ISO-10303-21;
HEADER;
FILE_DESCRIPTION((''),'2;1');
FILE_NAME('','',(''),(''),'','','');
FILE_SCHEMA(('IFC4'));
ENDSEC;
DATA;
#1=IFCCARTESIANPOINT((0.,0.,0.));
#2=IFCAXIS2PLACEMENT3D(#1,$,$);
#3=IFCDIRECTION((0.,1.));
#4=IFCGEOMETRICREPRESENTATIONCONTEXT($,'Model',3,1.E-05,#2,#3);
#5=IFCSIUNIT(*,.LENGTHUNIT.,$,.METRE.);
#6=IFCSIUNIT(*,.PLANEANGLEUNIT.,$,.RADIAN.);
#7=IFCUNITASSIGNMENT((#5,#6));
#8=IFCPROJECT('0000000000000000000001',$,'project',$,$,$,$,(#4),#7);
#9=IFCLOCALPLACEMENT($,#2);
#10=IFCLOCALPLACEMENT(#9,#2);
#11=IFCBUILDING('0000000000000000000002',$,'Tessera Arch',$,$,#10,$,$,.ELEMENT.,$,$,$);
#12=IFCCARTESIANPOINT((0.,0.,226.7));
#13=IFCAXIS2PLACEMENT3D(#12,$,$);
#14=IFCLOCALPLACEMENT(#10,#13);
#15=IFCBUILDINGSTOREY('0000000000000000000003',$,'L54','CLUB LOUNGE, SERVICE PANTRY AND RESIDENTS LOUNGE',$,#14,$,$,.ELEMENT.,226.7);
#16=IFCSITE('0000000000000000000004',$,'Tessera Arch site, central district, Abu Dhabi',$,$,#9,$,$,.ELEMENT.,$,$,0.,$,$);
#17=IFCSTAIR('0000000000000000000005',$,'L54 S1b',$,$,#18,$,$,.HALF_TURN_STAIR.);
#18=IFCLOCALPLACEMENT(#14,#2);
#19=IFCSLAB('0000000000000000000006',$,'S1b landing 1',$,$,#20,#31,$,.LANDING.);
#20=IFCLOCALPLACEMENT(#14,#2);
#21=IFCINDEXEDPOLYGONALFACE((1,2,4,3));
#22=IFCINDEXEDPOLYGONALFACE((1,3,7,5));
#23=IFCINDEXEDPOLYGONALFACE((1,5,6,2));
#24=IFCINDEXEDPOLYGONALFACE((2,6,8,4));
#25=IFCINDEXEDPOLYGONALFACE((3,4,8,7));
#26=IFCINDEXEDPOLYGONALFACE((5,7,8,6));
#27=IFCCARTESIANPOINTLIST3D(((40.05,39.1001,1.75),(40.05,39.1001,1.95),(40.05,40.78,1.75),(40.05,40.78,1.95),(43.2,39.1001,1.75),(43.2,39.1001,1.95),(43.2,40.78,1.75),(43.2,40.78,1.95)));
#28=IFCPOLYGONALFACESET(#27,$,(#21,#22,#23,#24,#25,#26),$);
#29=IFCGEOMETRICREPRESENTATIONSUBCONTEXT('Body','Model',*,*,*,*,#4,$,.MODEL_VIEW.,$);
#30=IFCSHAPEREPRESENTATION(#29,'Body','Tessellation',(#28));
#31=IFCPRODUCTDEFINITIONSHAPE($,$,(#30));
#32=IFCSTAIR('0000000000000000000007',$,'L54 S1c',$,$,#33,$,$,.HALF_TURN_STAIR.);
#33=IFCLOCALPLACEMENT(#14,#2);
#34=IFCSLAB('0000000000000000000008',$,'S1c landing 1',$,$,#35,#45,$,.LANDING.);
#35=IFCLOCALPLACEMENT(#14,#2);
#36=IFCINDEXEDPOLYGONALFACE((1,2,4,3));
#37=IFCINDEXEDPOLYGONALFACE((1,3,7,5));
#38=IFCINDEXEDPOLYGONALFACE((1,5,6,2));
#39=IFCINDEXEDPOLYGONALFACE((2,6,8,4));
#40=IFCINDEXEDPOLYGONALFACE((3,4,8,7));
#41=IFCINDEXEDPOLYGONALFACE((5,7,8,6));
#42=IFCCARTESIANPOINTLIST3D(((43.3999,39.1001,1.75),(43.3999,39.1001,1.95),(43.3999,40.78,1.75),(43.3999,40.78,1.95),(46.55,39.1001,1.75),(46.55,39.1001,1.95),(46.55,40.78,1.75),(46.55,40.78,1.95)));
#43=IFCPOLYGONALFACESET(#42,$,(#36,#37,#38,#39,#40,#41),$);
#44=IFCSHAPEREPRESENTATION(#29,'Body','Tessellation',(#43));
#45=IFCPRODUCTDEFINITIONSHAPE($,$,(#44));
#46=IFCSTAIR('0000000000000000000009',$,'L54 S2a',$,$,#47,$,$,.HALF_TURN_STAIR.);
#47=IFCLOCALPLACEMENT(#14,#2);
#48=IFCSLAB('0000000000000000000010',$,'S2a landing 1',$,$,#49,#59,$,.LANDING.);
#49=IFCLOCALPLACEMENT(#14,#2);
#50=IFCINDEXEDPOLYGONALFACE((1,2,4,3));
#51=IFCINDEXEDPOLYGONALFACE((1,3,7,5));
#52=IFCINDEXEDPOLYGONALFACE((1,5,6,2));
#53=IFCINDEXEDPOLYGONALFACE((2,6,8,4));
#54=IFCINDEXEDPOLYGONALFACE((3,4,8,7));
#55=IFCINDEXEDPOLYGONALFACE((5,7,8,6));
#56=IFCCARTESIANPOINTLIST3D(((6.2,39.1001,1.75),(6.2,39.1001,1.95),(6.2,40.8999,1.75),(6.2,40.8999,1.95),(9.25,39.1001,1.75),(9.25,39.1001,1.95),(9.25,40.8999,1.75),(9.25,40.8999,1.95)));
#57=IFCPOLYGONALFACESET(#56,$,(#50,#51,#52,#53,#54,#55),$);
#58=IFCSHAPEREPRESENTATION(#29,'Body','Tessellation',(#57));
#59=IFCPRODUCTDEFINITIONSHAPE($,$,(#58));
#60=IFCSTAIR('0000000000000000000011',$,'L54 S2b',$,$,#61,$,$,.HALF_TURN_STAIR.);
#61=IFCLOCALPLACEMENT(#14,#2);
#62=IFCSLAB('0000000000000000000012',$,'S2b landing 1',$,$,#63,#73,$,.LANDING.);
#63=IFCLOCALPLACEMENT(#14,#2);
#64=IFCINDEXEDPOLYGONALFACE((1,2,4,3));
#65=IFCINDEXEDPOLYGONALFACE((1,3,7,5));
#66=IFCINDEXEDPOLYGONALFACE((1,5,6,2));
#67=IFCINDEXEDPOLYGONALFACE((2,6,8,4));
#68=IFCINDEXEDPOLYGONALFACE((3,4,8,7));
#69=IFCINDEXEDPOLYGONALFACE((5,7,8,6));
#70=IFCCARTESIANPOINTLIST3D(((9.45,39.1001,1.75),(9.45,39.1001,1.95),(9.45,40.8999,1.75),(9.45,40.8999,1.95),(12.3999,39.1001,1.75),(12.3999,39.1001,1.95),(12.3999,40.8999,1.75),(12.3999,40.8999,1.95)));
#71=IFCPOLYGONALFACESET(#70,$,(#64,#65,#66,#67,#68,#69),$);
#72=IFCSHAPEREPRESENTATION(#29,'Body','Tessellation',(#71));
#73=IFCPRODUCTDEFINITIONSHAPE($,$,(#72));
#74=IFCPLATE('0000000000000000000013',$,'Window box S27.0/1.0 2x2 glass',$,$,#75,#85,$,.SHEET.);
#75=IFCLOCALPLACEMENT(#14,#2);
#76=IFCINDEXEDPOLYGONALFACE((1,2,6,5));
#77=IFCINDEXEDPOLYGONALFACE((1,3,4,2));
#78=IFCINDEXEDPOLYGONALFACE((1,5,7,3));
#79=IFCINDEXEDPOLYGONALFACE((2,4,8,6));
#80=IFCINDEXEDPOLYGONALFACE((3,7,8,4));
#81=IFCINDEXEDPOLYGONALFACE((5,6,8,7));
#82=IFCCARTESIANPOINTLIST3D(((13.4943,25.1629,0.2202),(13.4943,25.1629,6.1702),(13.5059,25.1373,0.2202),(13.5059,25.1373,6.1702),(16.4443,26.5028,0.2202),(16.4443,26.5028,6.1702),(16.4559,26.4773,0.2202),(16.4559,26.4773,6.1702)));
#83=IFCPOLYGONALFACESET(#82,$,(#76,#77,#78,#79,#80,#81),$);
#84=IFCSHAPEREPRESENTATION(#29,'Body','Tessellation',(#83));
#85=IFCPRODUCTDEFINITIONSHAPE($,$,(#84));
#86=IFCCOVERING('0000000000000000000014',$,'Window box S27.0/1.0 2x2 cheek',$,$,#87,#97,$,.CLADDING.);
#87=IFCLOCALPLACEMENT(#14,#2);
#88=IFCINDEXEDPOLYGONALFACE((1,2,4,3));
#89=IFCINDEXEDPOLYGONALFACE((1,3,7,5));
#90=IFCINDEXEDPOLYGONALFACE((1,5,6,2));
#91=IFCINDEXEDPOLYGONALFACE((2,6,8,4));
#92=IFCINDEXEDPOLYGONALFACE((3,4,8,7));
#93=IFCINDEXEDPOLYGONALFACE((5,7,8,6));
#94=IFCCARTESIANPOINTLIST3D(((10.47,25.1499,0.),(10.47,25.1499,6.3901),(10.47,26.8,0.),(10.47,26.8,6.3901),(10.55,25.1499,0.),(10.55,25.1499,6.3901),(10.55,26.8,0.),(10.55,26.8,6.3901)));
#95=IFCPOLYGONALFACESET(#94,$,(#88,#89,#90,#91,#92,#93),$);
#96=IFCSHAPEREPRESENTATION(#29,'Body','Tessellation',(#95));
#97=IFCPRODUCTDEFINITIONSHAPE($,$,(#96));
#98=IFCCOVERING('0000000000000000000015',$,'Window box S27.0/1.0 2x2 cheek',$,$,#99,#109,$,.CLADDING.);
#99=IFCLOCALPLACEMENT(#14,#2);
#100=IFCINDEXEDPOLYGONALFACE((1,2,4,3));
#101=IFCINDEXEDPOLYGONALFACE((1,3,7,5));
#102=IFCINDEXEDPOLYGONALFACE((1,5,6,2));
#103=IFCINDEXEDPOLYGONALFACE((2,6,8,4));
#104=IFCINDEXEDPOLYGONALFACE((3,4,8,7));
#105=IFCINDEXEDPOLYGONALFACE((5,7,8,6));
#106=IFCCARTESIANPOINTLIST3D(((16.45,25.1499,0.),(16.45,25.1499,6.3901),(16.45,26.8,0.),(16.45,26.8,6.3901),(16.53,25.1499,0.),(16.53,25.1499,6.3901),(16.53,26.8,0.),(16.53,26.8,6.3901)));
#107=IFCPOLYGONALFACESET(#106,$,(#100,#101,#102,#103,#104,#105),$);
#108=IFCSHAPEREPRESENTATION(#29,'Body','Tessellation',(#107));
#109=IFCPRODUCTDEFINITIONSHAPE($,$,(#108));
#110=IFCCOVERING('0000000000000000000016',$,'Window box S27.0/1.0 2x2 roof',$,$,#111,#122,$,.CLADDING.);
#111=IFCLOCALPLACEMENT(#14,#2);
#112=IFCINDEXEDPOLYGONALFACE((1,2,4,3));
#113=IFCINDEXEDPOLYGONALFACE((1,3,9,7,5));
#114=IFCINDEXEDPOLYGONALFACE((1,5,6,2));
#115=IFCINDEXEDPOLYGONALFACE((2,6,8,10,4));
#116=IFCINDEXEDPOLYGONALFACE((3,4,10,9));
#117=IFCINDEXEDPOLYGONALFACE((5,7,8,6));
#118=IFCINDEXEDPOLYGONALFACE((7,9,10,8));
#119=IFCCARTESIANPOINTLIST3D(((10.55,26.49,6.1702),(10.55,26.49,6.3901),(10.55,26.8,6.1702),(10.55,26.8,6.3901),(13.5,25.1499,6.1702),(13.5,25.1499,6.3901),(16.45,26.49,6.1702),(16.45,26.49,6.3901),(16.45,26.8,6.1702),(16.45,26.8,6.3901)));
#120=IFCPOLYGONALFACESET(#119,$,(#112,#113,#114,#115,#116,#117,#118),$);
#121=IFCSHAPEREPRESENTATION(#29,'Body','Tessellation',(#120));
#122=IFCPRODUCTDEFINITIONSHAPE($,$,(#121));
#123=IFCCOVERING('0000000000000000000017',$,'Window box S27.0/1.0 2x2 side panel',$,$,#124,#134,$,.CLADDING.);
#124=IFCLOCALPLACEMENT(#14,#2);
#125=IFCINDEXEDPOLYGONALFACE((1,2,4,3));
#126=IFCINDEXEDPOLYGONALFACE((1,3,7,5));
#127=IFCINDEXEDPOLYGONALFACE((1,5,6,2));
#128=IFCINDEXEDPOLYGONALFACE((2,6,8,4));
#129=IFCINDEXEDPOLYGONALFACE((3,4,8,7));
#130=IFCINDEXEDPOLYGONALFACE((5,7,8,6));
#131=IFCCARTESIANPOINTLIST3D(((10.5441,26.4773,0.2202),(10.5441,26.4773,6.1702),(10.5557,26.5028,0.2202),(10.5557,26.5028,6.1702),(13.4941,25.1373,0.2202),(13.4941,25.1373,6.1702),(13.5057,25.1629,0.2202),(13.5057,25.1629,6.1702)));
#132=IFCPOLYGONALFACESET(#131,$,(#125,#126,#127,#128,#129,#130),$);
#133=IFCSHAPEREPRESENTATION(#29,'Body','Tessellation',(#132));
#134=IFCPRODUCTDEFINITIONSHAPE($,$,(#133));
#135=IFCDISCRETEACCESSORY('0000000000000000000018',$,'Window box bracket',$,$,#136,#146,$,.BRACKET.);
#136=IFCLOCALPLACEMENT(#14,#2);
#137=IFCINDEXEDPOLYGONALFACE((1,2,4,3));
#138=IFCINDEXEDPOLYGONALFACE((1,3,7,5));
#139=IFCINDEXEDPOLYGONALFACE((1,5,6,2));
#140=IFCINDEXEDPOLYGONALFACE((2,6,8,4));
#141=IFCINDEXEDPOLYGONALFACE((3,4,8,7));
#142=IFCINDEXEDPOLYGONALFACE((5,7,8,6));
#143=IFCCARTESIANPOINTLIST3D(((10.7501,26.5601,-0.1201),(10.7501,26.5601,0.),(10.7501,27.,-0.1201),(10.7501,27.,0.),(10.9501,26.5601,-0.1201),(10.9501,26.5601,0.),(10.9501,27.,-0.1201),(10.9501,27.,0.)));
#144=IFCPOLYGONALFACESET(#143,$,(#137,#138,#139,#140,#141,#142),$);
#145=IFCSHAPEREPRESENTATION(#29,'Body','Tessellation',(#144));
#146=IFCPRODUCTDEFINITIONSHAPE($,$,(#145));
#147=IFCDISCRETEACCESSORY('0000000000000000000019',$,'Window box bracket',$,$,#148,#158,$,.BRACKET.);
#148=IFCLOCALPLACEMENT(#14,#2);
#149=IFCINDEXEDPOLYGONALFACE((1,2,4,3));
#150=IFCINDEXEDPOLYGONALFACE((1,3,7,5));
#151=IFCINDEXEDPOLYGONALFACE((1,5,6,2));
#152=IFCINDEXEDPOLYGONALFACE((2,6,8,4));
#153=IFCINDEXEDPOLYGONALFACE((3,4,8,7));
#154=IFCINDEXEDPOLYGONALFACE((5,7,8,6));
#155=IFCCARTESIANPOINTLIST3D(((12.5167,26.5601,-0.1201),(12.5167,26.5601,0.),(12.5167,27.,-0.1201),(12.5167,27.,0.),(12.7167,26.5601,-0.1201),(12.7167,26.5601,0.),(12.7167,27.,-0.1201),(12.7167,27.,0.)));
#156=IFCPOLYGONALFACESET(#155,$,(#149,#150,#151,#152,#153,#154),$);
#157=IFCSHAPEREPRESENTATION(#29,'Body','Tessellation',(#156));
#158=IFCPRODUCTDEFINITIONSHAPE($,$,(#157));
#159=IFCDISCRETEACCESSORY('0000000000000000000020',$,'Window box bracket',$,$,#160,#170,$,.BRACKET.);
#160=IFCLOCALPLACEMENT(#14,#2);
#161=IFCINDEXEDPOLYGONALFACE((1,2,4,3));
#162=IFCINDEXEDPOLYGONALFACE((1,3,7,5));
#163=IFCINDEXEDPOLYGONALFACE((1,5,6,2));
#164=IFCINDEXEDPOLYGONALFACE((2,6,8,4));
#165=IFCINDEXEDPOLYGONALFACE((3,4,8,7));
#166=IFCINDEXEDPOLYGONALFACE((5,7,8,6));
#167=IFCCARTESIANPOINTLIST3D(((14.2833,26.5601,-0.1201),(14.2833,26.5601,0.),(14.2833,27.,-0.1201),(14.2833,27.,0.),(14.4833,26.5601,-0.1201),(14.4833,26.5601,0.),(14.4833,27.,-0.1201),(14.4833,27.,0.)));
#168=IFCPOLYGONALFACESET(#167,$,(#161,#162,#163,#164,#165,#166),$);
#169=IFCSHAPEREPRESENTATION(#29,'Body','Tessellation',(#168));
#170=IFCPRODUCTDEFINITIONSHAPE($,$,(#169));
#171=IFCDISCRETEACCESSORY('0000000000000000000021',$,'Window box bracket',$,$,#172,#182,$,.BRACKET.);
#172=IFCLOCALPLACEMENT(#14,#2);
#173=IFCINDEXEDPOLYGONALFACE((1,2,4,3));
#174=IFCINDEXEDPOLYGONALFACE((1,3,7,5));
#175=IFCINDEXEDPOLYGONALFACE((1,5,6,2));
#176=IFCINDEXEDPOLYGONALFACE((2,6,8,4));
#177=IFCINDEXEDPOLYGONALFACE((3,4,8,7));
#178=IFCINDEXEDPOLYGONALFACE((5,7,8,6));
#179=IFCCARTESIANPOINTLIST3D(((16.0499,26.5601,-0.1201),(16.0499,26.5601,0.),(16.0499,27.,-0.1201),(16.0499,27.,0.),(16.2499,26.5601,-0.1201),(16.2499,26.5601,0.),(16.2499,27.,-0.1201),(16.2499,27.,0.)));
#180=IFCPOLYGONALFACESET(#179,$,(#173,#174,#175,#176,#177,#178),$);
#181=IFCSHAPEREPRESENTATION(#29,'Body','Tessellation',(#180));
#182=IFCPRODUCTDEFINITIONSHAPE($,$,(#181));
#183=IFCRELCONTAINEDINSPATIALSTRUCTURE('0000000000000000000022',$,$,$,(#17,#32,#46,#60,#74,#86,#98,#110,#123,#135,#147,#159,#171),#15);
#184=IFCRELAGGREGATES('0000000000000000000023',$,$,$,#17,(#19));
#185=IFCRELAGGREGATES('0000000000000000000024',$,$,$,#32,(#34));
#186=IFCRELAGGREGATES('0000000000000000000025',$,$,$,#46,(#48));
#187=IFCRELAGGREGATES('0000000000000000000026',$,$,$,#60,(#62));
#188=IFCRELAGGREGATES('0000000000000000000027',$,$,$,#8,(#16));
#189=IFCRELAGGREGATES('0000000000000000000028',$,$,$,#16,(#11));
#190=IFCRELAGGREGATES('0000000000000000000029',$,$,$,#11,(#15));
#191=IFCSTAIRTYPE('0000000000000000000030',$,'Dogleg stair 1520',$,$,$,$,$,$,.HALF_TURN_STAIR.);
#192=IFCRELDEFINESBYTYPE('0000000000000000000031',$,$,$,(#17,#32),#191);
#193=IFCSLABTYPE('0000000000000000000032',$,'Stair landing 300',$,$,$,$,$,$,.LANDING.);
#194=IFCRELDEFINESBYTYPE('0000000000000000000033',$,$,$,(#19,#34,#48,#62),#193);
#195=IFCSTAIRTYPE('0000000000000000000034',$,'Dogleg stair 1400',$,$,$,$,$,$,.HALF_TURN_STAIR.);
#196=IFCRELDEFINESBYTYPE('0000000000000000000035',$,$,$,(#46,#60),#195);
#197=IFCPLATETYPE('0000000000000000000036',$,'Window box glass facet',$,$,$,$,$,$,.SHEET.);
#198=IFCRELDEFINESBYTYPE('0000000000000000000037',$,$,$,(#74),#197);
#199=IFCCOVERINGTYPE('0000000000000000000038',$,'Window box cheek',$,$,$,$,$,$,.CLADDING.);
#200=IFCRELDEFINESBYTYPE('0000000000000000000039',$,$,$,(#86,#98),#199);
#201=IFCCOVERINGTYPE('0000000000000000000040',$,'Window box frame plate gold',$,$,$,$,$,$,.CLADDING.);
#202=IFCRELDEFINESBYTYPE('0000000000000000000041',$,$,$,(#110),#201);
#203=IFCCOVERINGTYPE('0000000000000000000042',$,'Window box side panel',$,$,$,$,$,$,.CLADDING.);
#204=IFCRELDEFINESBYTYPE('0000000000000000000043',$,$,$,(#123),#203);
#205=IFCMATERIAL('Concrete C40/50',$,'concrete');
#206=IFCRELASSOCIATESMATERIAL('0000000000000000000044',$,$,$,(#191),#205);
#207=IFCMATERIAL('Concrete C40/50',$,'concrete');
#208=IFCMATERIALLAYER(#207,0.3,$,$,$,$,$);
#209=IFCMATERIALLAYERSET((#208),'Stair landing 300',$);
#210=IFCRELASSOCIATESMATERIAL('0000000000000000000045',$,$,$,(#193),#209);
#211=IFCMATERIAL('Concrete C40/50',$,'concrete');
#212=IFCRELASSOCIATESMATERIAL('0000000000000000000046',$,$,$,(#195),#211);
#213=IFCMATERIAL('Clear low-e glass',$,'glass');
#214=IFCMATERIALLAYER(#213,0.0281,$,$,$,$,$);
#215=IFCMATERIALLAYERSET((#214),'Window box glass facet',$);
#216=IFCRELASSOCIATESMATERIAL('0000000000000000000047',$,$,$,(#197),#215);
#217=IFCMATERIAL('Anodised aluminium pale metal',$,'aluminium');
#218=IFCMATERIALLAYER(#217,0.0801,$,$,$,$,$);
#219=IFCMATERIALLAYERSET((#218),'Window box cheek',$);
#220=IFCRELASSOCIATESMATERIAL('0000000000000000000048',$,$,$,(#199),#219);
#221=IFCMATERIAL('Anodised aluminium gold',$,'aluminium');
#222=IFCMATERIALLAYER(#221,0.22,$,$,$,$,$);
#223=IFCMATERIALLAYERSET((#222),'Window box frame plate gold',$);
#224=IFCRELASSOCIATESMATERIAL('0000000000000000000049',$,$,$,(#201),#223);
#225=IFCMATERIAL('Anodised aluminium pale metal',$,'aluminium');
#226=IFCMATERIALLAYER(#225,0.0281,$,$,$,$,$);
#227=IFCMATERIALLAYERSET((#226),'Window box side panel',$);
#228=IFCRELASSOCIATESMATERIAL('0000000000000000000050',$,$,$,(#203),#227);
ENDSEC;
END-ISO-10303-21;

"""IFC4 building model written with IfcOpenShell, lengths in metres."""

from ifc_helpers import new_model, si_unit, direction, frame, origin, origin_2d, place, context, subcontext, project, spatial, polyline, rectangle, outline, extrude, material, layer, layer_set, type_object, element, aggregate, save


model = new_model("IFC4")

# Units and contexts
model_context = context("Model", 3, precision=1e-05, world=origin(), true_north=direction((0.0, 1.0)))
body_context = subcontext(model_context, "Body", "Model", "MODEL_VIEW")
ifc_project = project(units=[si_unit("LENGTHUNIT", "METRE"), si_unit("PLANEANGLEUNIT", "RADIAN")], contexts=[model_context])

# Site, building, storey
site_placement = place(None, origin())
site = spatial("IfcSite", under=ifc_project, at=site_placement, Name="Tessera Arch site, central district, Abu Dhabi", CompositionType="ELEMENT", RefElevation=0.0)
building_placement = place(site_placement, origin())
building = spatial("IfcBuilding", under=site, at=building_placement, Name="Tessera Arch", CompositionType="ELEMENT")
storey_placement = place(building_placement, frame((0.0, 0.0, 226.7)))
storey = spatial("IfcBuildingStorey", under=building, at=storey_placement, Name="L54", Description="CLUB LOUNGE, SERVICE PANTRY AND RESIDENTS LOUNGE", CompositionType="ELEMENT", Elevation=226.7)

# Stairs, slabs
ifc_material_1 = material(Name="Concrete C40/50", Category="concrete")
stair_type_1 = type_object("IfcStairType", Name="Dogleg stair 1520", PredefinedType="HALF_TURN_STAIR", material=ifc_material_1)
ifc_material_2 = material(Name="Concrete C40/50", Category="concrete")
ifc_layer_1 = layer(ifc_material_2, 0.3)
ifc_layer_set_1 = layer_set([ifc_layer_1], Name="Stair landing 300")
slab_type = type_object("IfcSlabType", Name="Stair landing 300", PredefinedType="LANDING", material=ifc_layer_set_1)
stair_1_placement = place(storey_placement, origin())
stair_1 = element("IfcStair", 1, at=stair_1_placement, inside=storey, type_object=stair_type_1, Name="L54 S1b", PredefinedType="HALF_TURN_STAIR")
slab_1_placement = place(storey_placement, frame((0.0, 0.0, 1.75)))
slab_1 = element("IfcSlab", 2, at=slab_1_placement, type_object=slab_type, Name="S1b landing 1", PredefinedType="LANDING", context=body_context, shape_type="SweptSolid", body=[
    extrude(outline(polyline([(40.05, 40.78), (40.05, 39.1001), (43.2, 39.1001), (43.2, 40.78), (40.05, 40.78)])), origin(), (0.0, 0.0, 1.0), 0.2),
])
aggregate(stair_1, [slab_1])
stair_2_placement = place(storey_placement, origin())
stair_2 = element("IfcStair", 3, at=stair_2_placement, inside=storey, type_object=stair_type_1, Name="L54 S1c", PredefinedType="HALF_TURN_STAIR")
slab_2_placement = place(storey_placement, frame((0.0, 0.0, 1.75)))
slab_2 = element("IfcSlab", 4, at=slab_2_placement, type_object=slab_type, Name="S1c landing 1", PredefinedType="LANDING", context=body_context, shape_type="SweptSolid", body=[
    extrude(outline(polyline([(43.3999, 40.78), (43.3999, 39.1001), (46.55, 39.1001), (46.55, 40.78), (43.3999, 40.78)])), origin(), (0.0, 0.0, 1.0), 0.2),
])
aggregate(stair_2, [slab_2])
ifc_material_3 = material(Name="Concrete C40/50", Category="concrete")
stair_type_2 = type_object("IfcStairType", Name="Dogleg stair 1400", PredefinedType="HALF_TURN_STAIR", material=ifc_material_3)
stair_3_placement = place(storey_placement, origin())
stair_3 = element("IfcStair", 5, at=stair_3_placement, inside=storey, type_object=stair_type_2, Name="L54 S2a", PredefinedType="HALF_TURN_STAIR")
slab_3_placement = place(storey_placement, frame((0.0, 0.0, 1.75)))
slab_3 = element("IfcSlab", 6, at=slab_3_placement, type_object=slab_type, Name="S2a landing 1", PredefinedType="LANDING", context=body_context, shape_type="SweptSolid", body=[
    extrude(outline(polyline([(6.2, 40.8999), (6.2, 39.1001), (9.25, 39.1001), (9.25, 40.8999), (6.2, 40.8999)])), origin(), (0.0, 0.0, 1.0), 0.2),
])
aggregate(stair_3, [slab_3])
stair_4_placement = place(storey_placement, origin())
stair_4 = element("IfcStair", 7, at=stair_4_placement, inside=storey, type_object=stair_type_2, Name="L54 S2b", PredefinedType="HALF_TURN_STAIR")
slab_4_placement = place(storey_placement, frame((0.0, 0.0, 1.75)))
slab_4 = element("IfcSlab", 8, at=slab_4_placement, type_object=slab_type, Name="S2b landing 1", PredefinedType="LANDING", context=body_context, shape_type="SweptSolid", body=[
    extrude(outline(polyline([(9.45, 40.8999), (9.45, 39.1001), (12.3999, 39.1001), (12.3999, 40.8999), (9.45, 40.8999)])), origin(), (0.0, 0.0, 1.0), 0.2),
])
aggregate(stair_4, [slab_4])

# Plate
ifc_material_4 = material(Name="Clear low-e glass", Category="glass")
ifc_layer_2 = layer(ifc_material_4, 0.0281)
ifc_layer_set_2 = layer_set([ifc_layer_2], Name="Window box glass facet")
plate_type_1 = type_object("IfcPlateType", Name="Window box glass facet", PredefinedType="SHEET", material=ifc_layer_set_2)
plate_1_placement = place(storey_placement, frame((14.9751, 25.8201, 0.2202), z_axis=(0.0, 0.0, 1.0), x_axis=(-0.910472, -0.41357, 0.0)))
element("IfcPlate", 9, at=plate_1_placement, inside=storey, type_object=plate_type_1, Name="Window box S27.0/1.0 2x2 glass", PredefinedType="SHEET", context=body_context, shape_type="SweptSolid", body=[
    extrude(rectangle(XDim=3.24, YDim=0.0281, at=origin_2d()), origin(), (0.0, 0.0, 1.0), 5.95),
])

# Coverings
ifc_material_5 = material(Name="Anodised aluminium pale metal", Category="aluminium")
ifc_layer_3 = layer(ifc_material_5, 0.0801)
ifc_layer_set_3 = layer_set([ifc_layer_3], Name="Window box cheek")
covering_type_1 = type_object("IfcCoveringType", Name="Window box cheek", PredefinedType="CLADDING", material=ifc_layer_set_3)
covering_1_placement = place(storey_placement, origin())
element("IfcCovering", 10, at=covering_1_placement, inside=storey, type_object=covering_type_1, Name="Window box S27.0/1.0 2x2 cheek", PredefinedType="CLADDING", context=body_context, shape_type="SweptSolid", body=[
    extrude(outline(polyline([(10.47, 25.1499), (10.55, 25.1499), (10.55, 26.8), (10.47, 26.8), (10.47, 25.1499)])), origin(), (0.0, 0.0, 1.0), 6.3901),
])
covering_2_placement = place(storey_placement, origin())
element("IfcCovering", 11, at=covering_2_placement, inside=storey, type_object=covering_type_1, Name="Window box S27.0/1.0 2x2 cheek", PredefinedType="CLADDING", context=body_context, shape_type="SweptSolid", body=[
    extrude(outline(polyline([(16.45, 25.1499), (16.53, 25.1499), (16.53, 26.8), (16.45, 26.8), (16.45, 25.1499)])), origin(), (0.0, 0.0, 1.0), 6.3901),
])
ifc_material_6 = material(Name="Anodised aluminium gold", Category="aluminium")
ifc_layer_4 = layer(ifc_material_6, 0.22)
ifc_layer_set_4 = layer_set([ifc_layer_4], Name="Window box frame plate gold")
covering_type_2 = type_object("IfcCoveringType", Name="Window box frame plate gold", PredefinedType="CLADDING", material=ifc_layer_set_4)
covering_3_placement = place(storey_placement, frame((0.0, 0.0, 6.1702)))
element("IfcCovering", 12, at=covering_3_placement, inside=storey, type_object=covering_type_2, Name="Window box S27.0/1.0 2x2 roof", PredefinedType="CLADDING", context=body_context, shape_type="SweptSolid", body=[
    extrude(outline(polyline([(10.55, 26.49), (13.5, 25.1499), (16.45, 26.49), (16.45, 26.8), (10.55, 26.8), (10.55, 26.49)])), origin(), (0.0, 0.0, 1.0), 0.22),
])
ifc_material_7 = material(Name="Anodised aluminium pale metal", Category="aluminium")
ifc_layer_5 = layer(ifc_material_7, 0.0281)
ifc_layer_set_5 = layer_set([ifc_layer_5], Name="Window box side panel")
covering_type_3 = type_object("IfcCoveringType", Name="Window box side panel", PredefinedType="CLADDING", material=ifc_layer_set_5)
covering_4_placement = place(storey_placement, frame((12.0249, 25.8201, 0.2202), z_axis=(0.0, 0.0, 1.0), x_axis=(0.910472, -0.41357, 0.0)))
element("IfcCovering", 13, at=covering_4_placement, inside=storey, type_object=covering_type_3, Name="Window box S27.0/1.0 2x2 side panel", PredefinedType="CLADDING", context=body_context, shape_type="SweptSolid", body=[
    extrude(rectangle(XDim=3.24, YDim=0.0281, at=origin_2d()), origin(), (0.0, 0.0, 1.0), 5.95),
])

# Discrete accessories
for number, where, z_axis, x_axis, name in (
    (14, (10.8501, 26.78, -0.1201), (0.0, 0.0, 1.0), (0.0, -1.0, 0.0), "Window box bracket"),
    (15, (12.6167, 26.78, -0.1201), (0.0, 0.0, 1.0), (0.0, -1.0, 0.0), "Window box bracket"),
    (16, (14.3833, 26.78, -0.1201), (0.0, 0.0, 1.0), (0.0, -1.0, 0.0), "Window box bracket"),
    (17, (16.1499, 26.78, -0.1201), (0.0, 0.0, 1.0), (0.0, -1.0, 0.0), "Window box bracket"),
):
    element("IfcDiscreteAccessory", number, at=place(storey_placement, frame(where, z_axis=z_axis, x_axis=x_axis)), inside=storey, Name=name, PredefinedType="BRACKET", context=body_context, shape_type="SweptSolid", body=[
        extrude(rectangle(XDim=0.4399, YDim=0.2, at=origin_2d()), origin(), (0.0, 0.0, 1.0), 0.1201),
    ])

save(model, "model.ifc")
